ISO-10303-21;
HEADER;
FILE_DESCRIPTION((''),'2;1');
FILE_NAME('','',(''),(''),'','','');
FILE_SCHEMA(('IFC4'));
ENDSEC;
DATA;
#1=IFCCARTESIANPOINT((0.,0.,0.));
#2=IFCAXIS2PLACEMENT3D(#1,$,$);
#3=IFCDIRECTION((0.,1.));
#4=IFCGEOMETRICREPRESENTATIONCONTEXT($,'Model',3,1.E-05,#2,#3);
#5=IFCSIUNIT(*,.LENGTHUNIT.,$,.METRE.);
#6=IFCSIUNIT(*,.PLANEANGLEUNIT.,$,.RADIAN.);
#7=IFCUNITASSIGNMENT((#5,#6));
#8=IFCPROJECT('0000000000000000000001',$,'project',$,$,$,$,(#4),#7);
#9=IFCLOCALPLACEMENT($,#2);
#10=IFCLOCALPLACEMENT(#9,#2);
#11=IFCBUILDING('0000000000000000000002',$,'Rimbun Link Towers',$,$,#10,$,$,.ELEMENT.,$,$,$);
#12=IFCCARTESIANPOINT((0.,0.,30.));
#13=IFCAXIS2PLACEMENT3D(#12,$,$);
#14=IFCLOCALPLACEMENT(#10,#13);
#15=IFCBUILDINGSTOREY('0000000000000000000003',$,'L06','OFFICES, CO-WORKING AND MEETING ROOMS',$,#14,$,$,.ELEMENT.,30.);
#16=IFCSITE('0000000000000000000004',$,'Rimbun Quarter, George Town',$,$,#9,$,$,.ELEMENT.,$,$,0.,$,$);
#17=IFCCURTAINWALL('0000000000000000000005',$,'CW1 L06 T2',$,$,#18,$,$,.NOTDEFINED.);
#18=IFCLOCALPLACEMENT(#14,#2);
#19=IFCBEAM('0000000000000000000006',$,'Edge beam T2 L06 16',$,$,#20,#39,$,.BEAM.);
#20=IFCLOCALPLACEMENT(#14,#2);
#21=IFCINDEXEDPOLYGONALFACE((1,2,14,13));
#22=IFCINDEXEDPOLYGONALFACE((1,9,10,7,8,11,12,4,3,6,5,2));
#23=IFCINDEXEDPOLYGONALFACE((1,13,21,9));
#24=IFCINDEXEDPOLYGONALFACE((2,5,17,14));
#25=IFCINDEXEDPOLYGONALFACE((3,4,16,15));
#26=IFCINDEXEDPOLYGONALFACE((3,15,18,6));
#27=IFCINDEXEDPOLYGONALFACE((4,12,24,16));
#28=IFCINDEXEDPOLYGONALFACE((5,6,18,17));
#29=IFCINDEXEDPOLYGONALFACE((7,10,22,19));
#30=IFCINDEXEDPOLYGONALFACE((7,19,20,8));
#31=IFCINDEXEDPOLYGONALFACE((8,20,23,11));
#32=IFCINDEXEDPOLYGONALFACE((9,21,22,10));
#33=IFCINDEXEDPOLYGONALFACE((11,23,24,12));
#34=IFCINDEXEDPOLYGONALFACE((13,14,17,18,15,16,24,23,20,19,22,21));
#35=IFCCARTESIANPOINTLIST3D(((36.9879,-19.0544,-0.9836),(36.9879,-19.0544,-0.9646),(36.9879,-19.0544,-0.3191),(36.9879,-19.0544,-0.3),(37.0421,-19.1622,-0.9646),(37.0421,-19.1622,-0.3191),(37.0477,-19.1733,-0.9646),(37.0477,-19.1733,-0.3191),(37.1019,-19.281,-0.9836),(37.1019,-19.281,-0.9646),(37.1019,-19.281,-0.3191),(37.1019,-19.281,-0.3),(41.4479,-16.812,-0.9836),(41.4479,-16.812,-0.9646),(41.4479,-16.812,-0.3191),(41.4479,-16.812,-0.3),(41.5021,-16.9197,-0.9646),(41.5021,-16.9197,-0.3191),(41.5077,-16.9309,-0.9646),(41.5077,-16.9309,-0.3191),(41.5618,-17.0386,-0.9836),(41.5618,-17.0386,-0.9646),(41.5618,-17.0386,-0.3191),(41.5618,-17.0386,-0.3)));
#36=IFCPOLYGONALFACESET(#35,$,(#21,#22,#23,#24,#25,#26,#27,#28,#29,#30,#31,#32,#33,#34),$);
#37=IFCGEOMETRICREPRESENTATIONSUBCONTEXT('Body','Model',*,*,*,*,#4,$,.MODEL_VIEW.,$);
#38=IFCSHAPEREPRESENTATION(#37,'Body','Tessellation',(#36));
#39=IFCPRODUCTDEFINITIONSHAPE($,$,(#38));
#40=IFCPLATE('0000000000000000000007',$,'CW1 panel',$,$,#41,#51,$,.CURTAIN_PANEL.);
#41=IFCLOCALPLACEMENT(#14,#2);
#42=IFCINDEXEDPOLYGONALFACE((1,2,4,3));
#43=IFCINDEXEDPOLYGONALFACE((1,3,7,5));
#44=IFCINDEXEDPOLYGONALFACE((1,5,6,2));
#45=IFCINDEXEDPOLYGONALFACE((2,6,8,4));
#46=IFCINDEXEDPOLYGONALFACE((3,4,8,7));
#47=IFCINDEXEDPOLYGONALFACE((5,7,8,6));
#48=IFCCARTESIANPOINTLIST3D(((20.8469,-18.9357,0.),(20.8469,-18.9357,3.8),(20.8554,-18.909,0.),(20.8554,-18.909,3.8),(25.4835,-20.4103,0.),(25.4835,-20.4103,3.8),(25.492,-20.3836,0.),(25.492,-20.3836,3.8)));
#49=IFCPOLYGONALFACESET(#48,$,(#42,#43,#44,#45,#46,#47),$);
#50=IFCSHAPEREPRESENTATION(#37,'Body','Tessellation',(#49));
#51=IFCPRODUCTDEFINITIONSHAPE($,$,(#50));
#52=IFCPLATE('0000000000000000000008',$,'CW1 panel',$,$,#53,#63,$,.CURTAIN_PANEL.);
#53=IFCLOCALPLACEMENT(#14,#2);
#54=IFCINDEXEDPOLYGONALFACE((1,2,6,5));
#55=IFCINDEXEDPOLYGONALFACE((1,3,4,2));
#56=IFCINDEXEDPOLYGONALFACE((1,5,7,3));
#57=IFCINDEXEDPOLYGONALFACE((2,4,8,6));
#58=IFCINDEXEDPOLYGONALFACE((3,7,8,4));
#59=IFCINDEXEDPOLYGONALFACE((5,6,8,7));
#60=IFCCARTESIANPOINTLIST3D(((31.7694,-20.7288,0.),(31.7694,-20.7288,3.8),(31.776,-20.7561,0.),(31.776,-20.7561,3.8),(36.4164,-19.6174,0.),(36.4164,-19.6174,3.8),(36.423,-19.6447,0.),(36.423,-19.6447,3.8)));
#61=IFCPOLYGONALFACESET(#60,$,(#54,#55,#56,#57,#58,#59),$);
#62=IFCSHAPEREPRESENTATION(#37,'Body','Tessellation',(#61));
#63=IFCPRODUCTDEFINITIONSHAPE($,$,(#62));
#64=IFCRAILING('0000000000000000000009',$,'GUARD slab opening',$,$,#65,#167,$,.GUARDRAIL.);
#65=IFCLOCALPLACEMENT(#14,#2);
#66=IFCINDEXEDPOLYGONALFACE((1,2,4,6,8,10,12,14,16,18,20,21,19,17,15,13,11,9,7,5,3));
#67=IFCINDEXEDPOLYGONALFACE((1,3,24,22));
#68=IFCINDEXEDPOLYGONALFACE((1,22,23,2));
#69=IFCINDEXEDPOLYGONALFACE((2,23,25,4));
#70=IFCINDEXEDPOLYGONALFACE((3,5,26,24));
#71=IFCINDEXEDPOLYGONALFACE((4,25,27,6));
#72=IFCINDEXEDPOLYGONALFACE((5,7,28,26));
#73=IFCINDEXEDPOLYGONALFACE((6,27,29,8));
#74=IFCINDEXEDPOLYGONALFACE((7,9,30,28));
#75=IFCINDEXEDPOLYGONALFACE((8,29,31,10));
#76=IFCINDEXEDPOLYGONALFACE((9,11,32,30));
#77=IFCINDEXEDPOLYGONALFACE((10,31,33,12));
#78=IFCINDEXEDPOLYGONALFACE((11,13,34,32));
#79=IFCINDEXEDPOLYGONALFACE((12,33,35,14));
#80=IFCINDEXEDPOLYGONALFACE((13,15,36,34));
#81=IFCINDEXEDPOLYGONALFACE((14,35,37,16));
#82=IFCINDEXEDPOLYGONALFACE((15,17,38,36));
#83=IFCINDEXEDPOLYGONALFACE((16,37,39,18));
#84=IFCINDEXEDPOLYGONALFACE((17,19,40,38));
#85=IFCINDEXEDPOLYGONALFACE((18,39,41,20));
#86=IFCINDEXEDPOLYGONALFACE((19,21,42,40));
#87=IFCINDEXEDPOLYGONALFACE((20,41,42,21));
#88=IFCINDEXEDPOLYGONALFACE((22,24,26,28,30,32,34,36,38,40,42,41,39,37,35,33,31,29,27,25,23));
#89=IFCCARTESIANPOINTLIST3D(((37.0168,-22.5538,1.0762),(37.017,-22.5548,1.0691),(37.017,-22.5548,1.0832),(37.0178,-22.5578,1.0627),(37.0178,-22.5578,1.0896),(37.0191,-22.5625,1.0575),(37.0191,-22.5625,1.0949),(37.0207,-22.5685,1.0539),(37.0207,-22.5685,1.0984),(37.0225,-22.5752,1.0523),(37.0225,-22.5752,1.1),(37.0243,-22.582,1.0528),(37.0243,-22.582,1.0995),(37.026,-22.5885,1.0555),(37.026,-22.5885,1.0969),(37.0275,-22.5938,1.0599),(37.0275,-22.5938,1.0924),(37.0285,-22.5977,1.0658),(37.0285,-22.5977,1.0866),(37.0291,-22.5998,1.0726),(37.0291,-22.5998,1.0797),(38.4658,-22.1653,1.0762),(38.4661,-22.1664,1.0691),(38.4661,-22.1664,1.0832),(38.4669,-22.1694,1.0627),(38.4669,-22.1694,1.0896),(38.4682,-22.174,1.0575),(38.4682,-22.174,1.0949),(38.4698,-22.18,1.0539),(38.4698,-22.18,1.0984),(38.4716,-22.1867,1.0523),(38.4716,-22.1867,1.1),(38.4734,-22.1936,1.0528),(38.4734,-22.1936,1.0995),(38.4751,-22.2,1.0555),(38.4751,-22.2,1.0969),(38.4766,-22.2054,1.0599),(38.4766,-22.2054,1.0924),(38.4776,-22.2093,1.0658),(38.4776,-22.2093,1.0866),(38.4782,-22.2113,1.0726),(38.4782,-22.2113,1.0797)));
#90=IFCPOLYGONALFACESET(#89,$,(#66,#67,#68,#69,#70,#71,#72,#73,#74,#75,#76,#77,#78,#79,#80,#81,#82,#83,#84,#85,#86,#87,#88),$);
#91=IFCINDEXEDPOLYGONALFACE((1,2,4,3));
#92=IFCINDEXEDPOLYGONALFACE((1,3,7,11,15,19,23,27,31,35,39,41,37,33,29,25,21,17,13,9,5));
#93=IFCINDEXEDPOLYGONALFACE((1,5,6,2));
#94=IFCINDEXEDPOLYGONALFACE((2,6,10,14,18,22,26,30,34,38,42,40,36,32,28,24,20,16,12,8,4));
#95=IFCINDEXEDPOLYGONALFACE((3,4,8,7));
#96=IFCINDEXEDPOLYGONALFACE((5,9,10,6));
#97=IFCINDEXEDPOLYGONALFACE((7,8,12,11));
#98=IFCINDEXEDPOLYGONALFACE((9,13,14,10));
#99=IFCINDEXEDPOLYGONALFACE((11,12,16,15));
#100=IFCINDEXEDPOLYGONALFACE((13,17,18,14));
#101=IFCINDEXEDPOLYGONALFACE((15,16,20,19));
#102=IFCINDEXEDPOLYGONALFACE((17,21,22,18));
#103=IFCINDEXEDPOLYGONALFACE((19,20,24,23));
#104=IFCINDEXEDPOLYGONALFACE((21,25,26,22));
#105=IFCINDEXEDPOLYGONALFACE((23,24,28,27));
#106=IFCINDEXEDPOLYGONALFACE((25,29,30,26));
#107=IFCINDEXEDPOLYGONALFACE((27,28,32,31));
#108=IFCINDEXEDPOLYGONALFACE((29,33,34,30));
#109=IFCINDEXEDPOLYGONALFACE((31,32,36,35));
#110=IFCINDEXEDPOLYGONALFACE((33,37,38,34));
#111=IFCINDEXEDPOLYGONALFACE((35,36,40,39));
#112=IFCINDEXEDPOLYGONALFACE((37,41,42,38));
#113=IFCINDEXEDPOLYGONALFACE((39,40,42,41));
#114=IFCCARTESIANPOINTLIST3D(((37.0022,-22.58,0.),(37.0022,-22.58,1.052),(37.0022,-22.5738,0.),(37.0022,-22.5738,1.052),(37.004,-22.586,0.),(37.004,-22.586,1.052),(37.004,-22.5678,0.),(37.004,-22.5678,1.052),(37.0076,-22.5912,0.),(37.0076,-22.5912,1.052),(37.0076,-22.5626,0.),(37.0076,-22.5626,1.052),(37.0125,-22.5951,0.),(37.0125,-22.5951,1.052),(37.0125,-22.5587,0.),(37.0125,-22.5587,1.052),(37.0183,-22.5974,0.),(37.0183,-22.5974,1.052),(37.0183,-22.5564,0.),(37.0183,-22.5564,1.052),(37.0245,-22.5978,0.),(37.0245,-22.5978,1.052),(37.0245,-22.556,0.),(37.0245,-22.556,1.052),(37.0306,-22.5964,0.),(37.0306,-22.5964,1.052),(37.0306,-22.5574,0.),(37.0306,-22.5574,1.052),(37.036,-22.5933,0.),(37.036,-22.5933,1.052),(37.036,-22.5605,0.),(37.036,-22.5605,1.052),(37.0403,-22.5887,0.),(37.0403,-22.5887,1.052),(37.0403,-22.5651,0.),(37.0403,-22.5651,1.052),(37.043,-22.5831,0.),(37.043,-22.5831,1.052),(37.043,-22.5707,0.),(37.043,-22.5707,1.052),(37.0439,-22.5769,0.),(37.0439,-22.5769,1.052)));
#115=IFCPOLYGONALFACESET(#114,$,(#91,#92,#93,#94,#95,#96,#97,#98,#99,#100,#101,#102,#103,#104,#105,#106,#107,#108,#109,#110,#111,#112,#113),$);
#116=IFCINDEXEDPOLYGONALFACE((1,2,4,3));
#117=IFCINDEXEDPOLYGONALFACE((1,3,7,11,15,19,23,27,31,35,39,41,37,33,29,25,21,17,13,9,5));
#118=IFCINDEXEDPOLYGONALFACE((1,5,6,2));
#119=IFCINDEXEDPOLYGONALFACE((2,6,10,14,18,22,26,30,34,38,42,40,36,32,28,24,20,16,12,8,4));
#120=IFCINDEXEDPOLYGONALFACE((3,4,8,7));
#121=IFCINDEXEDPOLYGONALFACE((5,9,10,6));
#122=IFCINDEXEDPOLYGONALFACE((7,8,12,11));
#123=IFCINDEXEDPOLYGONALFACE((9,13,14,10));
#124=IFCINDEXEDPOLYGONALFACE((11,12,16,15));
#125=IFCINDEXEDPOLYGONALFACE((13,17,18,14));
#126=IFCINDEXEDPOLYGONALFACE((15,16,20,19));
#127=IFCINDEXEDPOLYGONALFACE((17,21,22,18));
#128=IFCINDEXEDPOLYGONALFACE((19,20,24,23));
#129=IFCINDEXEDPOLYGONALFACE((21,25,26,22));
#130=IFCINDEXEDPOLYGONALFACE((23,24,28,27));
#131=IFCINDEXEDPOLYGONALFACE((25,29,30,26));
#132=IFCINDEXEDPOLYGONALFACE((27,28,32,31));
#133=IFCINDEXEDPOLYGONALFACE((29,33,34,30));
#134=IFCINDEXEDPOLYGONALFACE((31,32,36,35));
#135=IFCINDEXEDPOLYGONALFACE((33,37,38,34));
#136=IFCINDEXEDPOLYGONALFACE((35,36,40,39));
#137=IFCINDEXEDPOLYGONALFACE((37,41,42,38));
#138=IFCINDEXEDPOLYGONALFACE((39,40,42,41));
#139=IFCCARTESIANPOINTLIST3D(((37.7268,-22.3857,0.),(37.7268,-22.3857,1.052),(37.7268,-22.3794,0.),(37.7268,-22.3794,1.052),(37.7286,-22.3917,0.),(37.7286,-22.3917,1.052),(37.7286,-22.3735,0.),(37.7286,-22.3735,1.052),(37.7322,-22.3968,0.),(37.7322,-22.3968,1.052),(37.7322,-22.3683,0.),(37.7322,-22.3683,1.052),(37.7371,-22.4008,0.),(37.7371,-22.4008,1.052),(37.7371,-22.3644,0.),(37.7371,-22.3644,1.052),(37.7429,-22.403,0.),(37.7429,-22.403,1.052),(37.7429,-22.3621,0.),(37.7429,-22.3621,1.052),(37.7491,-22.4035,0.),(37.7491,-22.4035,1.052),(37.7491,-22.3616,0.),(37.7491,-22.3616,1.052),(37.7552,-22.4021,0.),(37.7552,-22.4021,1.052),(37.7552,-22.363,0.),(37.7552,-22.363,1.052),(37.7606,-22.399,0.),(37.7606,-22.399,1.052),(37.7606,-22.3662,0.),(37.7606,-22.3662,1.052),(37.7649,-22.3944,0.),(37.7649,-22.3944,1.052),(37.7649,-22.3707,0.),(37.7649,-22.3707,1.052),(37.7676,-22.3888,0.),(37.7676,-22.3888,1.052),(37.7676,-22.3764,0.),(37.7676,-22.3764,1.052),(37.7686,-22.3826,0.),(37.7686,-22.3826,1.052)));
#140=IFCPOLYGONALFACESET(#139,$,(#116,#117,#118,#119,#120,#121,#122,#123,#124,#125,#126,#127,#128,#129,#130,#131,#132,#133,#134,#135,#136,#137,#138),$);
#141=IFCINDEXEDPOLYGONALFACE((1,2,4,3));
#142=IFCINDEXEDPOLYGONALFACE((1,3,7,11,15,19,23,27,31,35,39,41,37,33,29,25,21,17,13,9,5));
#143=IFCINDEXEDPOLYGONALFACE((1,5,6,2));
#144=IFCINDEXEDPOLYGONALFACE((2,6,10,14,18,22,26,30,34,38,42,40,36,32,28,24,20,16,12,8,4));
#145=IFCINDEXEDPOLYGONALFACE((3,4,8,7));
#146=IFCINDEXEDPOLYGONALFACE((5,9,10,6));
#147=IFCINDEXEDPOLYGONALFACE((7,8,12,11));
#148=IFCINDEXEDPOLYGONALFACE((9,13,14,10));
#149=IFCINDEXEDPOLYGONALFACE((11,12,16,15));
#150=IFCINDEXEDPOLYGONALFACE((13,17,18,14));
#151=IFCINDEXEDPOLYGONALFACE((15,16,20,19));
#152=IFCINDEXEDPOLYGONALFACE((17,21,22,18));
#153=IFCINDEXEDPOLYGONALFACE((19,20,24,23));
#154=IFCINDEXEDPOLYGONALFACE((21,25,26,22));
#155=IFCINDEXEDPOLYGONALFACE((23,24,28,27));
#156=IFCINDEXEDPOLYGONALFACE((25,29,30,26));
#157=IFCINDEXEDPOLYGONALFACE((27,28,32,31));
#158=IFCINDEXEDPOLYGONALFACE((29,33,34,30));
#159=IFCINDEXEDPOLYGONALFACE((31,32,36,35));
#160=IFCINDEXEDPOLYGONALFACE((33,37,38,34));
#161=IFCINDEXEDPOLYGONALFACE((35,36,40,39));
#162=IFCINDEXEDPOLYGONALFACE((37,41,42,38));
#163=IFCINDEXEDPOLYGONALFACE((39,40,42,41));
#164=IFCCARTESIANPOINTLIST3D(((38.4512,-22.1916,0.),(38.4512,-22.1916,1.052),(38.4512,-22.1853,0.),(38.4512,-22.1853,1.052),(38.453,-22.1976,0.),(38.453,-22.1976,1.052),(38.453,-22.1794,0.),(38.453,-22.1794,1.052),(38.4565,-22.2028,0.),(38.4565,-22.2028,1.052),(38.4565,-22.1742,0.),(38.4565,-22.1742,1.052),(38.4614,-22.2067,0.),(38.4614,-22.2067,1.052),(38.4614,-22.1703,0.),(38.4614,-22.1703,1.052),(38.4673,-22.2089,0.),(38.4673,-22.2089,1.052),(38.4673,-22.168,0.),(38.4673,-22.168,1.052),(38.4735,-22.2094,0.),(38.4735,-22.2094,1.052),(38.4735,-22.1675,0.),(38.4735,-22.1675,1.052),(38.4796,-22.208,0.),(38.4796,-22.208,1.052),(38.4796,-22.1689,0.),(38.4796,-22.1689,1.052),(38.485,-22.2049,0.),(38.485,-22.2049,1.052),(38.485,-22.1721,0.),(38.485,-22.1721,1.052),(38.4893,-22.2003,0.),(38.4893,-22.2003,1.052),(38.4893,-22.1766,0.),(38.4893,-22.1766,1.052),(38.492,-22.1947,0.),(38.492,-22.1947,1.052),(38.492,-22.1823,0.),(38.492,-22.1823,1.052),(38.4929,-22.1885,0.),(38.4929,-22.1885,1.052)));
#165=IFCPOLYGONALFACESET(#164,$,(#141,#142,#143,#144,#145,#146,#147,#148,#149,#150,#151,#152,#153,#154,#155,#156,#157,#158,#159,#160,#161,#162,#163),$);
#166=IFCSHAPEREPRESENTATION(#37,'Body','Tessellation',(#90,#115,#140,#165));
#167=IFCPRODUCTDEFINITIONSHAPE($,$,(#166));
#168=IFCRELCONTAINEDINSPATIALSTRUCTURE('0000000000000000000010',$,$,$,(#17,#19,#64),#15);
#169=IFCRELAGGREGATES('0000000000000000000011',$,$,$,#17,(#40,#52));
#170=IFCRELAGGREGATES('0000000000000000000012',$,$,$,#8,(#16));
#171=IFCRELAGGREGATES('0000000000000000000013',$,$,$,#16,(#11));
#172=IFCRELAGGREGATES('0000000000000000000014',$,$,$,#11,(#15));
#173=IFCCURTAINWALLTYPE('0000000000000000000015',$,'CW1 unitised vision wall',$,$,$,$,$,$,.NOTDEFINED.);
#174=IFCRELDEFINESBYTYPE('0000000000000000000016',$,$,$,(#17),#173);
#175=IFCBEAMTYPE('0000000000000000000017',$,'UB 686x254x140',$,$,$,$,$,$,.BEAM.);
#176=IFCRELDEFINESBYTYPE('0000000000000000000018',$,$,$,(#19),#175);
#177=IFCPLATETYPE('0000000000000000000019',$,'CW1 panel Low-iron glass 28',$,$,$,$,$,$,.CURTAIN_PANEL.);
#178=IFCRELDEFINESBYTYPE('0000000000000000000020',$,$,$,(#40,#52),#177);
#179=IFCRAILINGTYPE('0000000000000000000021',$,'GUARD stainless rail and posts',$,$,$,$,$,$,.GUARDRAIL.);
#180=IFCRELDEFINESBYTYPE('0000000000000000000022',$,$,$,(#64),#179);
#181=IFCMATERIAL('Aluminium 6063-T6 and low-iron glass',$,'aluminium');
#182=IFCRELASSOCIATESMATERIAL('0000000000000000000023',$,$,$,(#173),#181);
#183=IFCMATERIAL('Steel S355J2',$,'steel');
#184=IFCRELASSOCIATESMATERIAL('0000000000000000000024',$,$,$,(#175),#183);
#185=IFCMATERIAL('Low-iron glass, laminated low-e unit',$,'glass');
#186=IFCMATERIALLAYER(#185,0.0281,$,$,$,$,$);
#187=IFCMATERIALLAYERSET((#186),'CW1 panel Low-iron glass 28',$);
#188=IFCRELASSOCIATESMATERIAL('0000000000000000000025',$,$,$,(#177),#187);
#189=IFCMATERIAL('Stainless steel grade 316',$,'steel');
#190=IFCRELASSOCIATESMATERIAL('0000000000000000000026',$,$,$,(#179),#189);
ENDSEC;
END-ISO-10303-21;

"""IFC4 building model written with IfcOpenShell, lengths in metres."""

from ifc_helpers import new_model, si_unit, direction, frame, origin, origin_2d, place, context, subcontext, project, spatial, rectangle, circle, i_section, extrude, material, layer, layer_set, material_profile, profile_set, type_object, element, aggregate, save


model = new_model("IFC4")

# Units and contexts
model_context = context("Model", 3, precision=1e-05, world=origin(), true_north=direction((0.0, 1.0)))
body_context = subcontext(model_context, "Body", "Model", "MODEL_VIEW")
ifc_project = project(units=[si_unit("LENGTHUNIT", "METRE"), si_unit("PLANEANGLEUNIT", "RADIAN")], contexts=[model_context])

# Site, building, storey
site_placement = place(None, origin())
site = spatial("IfcSite", under=ifc_project, at=site_placement, Name="Rimbun Quarter, George Town", CompositionType="ELEMENT", RefElevation=0.0)
building_placement = place(site_placement, origin())
building = spatial("IfcBuilding", under=site, at=building_placement, Name="Rimbun Link Towers", CompositionType="ELEMENT")
storey_placement = place(building_placement, frame((0.0, 0.0, 30.0)))
storey = spatial("IfcBuildingStorey", under=building, at=storey_placement, Name="L06", Description="OFFICES, CO-WORKING AND MEETING ROOMS", CompositionType="ELEMENT", Elevation=30.0)

# Curtain wall
ifc_material_1 = material(Name="Aluminium 6063-T6 and low-iron glass", Category="aluminium")
curtain_wall_type = type_object("IfcCurtainWallType", Name="CW1 unitised vision wall", PredefinedType="NOTDEFINED", material=ifc_material_1)
curtain_wall_placement = place(storey_placement, origin())
curtain_wall = element("IfcCurtainWall", 1, at=curtain_wall_placement, inside=storey, type_object=curtain_wall_type, Name="CW1 L06 T2", PredefinedType="NOTDEFINED")

# Beam
ifc_material_2 = material(Name="Steel S355J2", Category="steel")
ifc_material_profile_1 = material_profile(ifc_material_2, i_section(OverallWidth=0.2537, OverallDepth=0.6836, WebThickness=0.0125, FlangeThickness=0.019, at=origin_2d()), Name="UB 686x254x140")
ifc_profile_set_1 = profile_set([ifc_material_profile_1], Name="Steel S355J2")
beam_type_1 = type_object("IfcBeamType", Name="UB 686x254x140", PredefinedType="BEAM", material=ifc_profile_set_1)
beam_1_placement = place(storey_placement, frame((37.0449, -19.1677, -0.6418), z_axis=(0.893427, 0.449208, 0.0), x_axis=(-0.449208, 0.893427, 0.0)))
element("IfcBeam", 2, at=beam_1_placement, inside=storey, type_object=beam_type_1, Name="Edge beam T2 L06 16", PredefinedType="BEAM", context=body_context, shape_type="SweptSolid", body=[
    extrude(i_section(OverallWidth=0.2537, OverallDepth=0.6836, WebThickness=0.0125, FlangeThickness=0.019, at=origin_2d()), origin(), (0.0, 0.0, 1.0), 4.9919),
])

# Plates
ifc_material_3 = material(Name="Low-iron glass, laminated low-e unit", Category="glass")
ifc_layer_1 = layer(ifc_material_3, 0.0281)
ifc_layer_set_1 = layer_set([ifc_layer_1], Name="CW1 panel Low-iron glass 28")
plate_type = type_object("IfcPlateType", Name="CW1 panel Low-iron glass 28", PredefinedType="CURTAIN_PANEL", material=ifc_layer_set_1)
plate_1_placement = place(storey_placement, frame((23.1694, -19.6597, 0.0), z_axis=(0.0, 0.0, 1.0), x_axis=(-0.952967, 0.303074, 0.0)))
plate_1 = element("IfcPlate", 3, at=plate_1_placement, type_object=plate_type, Name="CW1 panel", PredefinedType="CURTAIN_PANEL", context=body_context, shape_type="SweptSolid", body=[
    extrude(rectangle(XDim=4.8655, YDim=0.0281, at=origin_2d()), origin(), (0.0, 0.0, 1.0), 3.8),
])
plate_2_placement = place(storey_placement, frame((34.0962, -20.1868, 0.0), z_axis=(0.0, 0.0, 1.0), x_axis=(-0.972569, -0.232613, 0.0)))
plate_2 = element("IfcPlate", 4, at=plate_2_placement, type_object=plate_type, Name="CW1 panel", PredefinedType="CURTAIN_PANEL", context=body_context, shape_type="SweptSolid", body=[
    extrude(rectangle(XDim=4.7781, YDim=0.0281, at=origin_2d()), origin(), (0.0, 0.0, 1.0), 3.8),
])
aggregate(curtain_wall, [plate_1, plate_2])

# Railing
ifc_material_4 = material(Name="Stainless steel grade 316", Category="steel")
railing_type = type_object("IfcRailingType", Name="GUARD stainless rail and posts", PredefinedType="GUARDRAIL", material=ifc_material_4)
railing_1_placement = place(storey_placement, frame((37.0229, -22.5769, 0.0)))
element("IfcRailing", 5, at=railing_1_placement, inside=storey, type_object=railing_type, Name="GUARD slab opening", PredefinedType="GUARDRAIL", context=body_context, shape_type="SweptSolid", body=[
    extrude(circle(Radius=0.0239, at=origin_2d()), frame((0.0, 0.0, 1.0762), z_axis=(0.965896, 0.258929, 0.0), x_axis=(-0.258929, 0.965896, 0.0)), (0.0, 0.0, 1.0), 1.5002),
    extrude(circle(Radius=0.021, at=origin_2d()), origin(), (0.0, 0.0, 1.0), 1.052),
    extrude(circle(Radius=0.021, at=origin_2d()), frame((0.7246, 0.1943, 0.0)), (0.0, 0.0, 1.0), 1.052),
    extrude(circle(Radius=0.021, at=origin_2d()), frame((1.449, 0.3884, 0.0)), (0.0, 0.0, 1.0), 1.052),
])

save(model, "model.ifc")
